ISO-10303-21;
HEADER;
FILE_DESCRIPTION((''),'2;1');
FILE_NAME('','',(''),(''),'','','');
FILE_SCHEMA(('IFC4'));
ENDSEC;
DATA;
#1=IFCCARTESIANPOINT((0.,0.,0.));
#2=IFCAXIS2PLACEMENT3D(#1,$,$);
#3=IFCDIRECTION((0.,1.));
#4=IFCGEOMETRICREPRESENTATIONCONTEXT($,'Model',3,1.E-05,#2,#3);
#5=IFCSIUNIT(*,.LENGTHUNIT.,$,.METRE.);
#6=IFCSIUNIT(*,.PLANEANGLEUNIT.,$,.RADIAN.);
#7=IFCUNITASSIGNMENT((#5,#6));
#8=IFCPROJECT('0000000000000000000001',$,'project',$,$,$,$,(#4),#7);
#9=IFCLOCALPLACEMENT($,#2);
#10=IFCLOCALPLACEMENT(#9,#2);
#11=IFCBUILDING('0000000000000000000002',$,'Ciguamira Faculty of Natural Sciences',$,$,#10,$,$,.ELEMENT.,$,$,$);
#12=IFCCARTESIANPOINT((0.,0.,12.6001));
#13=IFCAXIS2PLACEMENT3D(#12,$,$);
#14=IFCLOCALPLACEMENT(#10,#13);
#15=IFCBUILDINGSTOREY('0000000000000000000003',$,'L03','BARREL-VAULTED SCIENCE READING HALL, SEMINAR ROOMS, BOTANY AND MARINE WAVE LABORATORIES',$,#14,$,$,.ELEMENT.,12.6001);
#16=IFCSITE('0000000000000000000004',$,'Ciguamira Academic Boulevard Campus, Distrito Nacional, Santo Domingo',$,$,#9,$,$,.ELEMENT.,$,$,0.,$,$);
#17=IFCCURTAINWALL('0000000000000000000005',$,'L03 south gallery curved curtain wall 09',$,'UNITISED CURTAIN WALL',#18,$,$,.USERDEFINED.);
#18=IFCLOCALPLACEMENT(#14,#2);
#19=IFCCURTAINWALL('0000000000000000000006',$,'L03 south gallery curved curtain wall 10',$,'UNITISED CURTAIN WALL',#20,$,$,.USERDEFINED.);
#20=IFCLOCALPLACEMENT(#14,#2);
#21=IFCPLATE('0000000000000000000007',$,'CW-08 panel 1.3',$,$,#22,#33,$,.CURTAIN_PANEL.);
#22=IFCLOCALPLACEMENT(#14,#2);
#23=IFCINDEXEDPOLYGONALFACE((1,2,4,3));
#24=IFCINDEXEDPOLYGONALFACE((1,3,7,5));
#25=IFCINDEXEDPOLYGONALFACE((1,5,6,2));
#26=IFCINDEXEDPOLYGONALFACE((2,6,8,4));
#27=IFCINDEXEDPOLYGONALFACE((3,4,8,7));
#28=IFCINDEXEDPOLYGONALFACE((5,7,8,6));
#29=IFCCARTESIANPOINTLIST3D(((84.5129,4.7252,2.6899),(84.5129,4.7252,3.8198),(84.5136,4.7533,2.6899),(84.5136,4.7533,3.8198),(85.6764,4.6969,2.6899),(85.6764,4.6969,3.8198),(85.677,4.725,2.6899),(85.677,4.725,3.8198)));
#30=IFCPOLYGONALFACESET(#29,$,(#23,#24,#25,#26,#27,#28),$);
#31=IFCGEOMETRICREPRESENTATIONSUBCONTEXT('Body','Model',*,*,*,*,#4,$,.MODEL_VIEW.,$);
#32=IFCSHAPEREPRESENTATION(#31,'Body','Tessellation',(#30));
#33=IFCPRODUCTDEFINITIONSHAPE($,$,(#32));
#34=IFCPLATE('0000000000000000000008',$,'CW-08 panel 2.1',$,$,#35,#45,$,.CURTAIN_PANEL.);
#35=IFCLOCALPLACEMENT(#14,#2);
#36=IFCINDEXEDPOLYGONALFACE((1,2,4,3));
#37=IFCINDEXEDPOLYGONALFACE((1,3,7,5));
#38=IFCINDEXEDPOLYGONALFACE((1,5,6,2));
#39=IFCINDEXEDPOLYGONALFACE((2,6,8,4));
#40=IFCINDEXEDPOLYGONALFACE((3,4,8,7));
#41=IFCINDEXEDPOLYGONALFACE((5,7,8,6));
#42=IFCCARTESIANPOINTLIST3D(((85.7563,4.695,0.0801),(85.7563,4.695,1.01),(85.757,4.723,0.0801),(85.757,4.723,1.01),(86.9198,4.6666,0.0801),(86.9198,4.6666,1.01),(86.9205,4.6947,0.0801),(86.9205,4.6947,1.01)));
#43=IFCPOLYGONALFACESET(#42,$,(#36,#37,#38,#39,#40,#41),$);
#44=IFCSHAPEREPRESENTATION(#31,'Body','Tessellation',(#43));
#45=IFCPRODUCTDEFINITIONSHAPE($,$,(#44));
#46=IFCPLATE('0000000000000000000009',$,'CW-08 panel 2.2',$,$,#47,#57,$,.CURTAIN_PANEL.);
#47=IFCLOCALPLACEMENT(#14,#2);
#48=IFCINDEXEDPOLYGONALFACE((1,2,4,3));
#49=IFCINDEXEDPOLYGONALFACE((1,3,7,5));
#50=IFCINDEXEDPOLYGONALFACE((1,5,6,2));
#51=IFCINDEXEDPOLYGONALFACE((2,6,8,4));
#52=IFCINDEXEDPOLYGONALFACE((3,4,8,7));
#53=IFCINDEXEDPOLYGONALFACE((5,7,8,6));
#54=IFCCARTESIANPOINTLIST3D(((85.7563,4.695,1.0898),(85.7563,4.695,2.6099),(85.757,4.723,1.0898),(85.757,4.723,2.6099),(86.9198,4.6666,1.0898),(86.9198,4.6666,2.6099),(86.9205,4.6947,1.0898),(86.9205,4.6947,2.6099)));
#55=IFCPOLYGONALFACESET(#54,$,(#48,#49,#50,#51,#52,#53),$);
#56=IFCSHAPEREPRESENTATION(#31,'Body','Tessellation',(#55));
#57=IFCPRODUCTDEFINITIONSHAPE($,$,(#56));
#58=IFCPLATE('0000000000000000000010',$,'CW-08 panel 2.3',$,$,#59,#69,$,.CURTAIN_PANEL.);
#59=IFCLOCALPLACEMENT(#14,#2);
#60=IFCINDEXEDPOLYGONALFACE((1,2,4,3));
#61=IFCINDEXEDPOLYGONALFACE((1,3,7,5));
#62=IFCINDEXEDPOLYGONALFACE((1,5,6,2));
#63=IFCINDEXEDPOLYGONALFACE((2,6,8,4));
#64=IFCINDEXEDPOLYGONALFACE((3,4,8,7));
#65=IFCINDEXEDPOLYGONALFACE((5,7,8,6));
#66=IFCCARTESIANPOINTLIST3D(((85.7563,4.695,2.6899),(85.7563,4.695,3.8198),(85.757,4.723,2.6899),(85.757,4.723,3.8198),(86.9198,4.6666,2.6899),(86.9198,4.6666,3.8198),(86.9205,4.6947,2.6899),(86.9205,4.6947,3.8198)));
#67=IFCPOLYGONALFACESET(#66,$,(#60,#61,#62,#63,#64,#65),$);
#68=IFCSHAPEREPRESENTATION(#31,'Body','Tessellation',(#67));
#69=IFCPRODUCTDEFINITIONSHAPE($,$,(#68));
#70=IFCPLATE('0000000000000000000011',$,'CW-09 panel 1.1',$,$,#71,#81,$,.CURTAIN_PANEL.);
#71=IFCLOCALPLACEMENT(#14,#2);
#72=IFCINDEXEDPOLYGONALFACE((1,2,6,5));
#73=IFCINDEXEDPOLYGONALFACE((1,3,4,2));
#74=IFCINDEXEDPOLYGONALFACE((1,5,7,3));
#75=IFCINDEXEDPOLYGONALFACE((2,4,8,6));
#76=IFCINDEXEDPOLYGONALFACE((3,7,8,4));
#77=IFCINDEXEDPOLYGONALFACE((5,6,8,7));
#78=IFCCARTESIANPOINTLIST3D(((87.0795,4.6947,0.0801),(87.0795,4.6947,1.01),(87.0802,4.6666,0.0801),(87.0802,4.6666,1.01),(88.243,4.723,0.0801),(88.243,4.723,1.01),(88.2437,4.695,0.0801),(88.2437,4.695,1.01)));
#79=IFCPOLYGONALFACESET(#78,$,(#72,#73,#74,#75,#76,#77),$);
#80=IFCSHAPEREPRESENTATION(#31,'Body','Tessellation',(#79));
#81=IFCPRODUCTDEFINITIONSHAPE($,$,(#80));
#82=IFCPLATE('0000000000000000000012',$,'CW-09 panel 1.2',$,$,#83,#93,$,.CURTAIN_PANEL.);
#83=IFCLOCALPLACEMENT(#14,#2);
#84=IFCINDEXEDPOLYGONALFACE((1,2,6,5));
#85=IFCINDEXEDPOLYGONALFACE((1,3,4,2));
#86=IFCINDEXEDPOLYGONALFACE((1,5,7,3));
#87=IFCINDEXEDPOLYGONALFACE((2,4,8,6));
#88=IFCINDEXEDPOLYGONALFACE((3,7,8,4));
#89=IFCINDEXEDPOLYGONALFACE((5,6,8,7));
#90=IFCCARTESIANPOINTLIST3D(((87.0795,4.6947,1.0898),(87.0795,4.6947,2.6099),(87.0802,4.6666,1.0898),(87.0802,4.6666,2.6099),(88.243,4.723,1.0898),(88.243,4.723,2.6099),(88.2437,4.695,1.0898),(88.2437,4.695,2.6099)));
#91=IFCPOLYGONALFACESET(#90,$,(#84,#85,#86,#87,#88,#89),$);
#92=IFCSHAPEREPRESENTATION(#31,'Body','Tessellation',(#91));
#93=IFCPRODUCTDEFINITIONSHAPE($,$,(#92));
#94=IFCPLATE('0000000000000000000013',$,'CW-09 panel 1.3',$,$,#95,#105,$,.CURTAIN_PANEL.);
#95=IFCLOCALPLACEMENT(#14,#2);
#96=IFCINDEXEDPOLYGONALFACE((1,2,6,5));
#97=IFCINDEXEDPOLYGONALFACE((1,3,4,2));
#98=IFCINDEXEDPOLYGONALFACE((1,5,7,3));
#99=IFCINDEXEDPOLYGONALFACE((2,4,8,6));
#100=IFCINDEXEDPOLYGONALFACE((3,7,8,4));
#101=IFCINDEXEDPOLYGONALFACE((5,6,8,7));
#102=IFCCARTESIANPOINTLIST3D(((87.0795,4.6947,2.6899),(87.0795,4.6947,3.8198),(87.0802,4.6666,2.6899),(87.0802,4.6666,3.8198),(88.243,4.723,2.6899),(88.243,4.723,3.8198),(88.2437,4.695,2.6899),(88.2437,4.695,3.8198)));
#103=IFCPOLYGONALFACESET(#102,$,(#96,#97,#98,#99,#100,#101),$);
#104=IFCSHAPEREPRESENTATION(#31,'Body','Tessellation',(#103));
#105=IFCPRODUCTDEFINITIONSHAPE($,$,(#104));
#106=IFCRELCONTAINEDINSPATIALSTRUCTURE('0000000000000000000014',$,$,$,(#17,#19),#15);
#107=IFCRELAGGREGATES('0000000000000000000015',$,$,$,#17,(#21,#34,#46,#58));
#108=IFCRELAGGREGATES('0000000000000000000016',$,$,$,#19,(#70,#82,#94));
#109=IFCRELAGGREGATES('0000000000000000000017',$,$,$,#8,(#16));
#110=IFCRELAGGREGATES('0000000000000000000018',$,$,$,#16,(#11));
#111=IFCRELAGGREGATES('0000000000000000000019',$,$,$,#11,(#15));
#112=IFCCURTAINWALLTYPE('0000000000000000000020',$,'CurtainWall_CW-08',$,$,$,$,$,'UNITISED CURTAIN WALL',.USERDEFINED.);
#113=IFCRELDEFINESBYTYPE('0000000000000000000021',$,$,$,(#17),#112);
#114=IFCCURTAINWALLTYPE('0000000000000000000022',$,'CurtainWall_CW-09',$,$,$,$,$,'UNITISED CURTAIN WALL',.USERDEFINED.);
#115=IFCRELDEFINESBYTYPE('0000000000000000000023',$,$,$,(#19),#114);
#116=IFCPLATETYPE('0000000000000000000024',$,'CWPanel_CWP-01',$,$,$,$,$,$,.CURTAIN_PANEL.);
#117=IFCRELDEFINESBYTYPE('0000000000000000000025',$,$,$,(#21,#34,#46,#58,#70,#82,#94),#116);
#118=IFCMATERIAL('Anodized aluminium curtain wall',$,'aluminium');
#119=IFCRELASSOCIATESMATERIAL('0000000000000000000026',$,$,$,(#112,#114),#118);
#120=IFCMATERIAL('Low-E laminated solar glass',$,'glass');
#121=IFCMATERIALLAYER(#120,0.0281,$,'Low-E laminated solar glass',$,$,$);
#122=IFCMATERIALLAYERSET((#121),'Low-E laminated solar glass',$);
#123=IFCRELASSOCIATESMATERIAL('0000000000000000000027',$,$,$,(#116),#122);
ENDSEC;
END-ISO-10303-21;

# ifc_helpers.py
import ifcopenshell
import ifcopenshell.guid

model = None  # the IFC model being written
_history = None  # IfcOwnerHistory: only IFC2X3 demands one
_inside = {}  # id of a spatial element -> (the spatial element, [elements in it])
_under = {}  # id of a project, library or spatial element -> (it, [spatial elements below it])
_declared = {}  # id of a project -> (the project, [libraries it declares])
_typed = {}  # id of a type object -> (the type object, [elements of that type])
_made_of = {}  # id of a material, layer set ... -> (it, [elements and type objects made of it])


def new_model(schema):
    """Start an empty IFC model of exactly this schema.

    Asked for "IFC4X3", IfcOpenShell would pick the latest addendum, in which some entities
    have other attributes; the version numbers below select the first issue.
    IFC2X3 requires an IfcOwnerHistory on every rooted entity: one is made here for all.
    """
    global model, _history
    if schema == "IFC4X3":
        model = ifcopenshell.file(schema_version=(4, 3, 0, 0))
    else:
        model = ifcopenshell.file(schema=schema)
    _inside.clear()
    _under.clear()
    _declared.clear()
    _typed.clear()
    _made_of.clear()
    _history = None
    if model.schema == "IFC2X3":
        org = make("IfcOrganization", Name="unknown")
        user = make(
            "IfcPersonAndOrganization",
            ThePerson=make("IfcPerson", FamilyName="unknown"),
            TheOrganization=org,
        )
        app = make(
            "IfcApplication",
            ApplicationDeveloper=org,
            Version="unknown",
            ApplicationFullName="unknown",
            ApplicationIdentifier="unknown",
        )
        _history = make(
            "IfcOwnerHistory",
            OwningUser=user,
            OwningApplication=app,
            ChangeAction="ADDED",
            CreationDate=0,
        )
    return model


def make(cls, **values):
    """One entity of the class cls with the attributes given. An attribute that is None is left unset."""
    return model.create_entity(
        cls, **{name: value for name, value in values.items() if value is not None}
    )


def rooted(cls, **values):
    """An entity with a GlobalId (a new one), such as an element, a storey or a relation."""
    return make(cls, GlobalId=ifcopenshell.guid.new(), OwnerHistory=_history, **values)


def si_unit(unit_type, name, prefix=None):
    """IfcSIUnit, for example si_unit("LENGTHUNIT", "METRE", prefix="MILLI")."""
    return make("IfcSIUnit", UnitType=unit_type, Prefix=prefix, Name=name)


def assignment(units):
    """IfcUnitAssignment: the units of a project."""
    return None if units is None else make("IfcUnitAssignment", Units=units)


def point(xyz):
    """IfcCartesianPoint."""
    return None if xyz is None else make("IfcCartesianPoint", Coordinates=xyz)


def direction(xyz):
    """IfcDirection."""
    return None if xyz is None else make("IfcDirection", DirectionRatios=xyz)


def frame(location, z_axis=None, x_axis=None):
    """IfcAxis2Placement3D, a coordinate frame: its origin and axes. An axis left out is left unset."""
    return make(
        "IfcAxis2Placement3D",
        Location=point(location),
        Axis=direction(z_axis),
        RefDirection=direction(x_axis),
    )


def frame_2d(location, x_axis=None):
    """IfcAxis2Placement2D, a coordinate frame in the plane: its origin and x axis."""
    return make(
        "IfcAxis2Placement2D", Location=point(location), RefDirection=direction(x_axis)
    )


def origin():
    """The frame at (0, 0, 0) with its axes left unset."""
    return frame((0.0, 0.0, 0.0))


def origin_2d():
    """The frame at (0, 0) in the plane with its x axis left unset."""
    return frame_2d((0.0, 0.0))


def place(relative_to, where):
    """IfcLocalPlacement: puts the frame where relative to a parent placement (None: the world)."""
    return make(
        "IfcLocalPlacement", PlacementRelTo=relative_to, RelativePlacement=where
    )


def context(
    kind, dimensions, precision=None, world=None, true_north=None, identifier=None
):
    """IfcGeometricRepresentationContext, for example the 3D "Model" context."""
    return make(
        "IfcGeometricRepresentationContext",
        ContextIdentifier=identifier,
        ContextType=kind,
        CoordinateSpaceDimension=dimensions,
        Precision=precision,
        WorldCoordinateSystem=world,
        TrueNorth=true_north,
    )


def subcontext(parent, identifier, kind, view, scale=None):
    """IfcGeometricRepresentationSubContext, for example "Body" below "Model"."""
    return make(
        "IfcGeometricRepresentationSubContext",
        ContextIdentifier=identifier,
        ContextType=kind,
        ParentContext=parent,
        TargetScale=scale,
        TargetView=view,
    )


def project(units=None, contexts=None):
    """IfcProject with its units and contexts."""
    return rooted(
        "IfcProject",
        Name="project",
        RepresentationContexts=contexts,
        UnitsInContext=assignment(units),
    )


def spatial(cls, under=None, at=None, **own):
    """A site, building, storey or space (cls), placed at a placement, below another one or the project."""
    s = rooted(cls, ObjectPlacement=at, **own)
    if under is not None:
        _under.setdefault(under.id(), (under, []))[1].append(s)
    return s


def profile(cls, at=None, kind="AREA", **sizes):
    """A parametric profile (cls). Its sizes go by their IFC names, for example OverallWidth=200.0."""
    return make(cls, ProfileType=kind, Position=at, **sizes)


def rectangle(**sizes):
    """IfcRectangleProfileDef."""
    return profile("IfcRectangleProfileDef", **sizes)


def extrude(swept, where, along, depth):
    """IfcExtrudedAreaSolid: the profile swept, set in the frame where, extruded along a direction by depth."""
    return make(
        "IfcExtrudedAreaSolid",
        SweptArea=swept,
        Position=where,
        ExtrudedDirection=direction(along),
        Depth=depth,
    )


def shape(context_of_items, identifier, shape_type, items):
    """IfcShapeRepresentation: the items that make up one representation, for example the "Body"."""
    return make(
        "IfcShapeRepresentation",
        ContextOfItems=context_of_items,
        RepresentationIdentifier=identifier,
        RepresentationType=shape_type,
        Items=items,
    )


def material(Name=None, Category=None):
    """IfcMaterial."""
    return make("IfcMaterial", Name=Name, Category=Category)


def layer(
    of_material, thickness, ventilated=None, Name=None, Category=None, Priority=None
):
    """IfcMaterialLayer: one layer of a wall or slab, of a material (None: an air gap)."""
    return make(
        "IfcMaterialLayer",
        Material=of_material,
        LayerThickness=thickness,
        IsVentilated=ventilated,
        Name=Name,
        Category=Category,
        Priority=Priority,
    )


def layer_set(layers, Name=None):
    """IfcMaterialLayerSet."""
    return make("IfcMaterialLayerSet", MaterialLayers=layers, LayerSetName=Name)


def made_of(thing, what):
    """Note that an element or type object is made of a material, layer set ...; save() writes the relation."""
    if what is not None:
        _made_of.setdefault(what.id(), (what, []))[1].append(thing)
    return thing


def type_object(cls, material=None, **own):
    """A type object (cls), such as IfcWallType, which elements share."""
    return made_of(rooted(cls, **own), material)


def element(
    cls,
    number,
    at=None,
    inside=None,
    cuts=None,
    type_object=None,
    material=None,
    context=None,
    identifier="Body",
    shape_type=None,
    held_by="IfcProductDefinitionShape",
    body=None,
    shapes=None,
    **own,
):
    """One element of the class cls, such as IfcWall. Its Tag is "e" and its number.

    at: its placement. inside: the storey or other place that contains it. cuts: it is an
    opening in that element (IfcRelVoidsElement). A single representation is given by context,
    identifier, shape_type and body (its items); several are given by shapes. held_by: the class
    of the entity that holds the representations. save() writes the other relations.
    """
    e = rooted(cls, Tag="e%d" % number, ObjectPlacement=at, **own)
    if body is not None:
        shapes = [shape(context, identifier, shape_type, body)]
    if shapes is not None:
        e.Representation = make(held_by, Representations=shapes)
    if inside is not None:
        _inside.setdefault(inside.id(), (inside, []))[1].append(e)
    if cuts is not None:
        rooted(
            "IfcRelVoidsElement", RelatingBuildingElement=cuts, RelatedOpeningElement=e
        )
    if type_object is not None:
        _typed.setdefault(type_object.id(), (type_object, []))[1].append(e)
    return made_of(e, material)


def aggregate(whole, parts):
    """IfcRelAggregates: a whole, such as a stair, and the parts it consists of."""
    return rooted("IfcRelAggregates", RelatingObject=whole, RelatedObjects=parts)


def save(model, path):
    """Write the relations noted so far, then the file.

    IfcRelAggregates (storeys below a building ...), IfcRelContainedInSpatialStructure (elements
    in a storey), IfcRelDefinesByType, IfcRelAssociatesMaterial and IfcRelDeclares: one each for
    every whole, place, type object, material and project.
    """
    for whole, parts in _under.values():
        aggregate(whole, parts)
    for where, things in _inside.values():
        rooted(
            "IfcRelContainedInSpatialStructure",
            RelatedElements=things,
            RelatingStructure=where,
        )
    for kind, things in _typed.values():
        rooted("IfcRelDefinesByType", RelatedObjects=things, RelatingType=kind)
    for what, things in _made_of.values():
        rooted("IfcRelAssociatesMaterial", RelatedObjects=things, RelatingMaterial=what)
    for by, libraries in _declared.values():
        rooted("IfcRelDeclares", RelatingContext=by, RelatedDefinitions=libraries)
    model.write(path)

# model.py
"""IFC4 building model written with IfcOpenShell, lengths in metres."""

from ifc_helpers import new_model, si_unit, direction, frame, origin, origin_2d, place, context, subcontext, project, spatial, rectangle, extrude, material, layer, layer_set, type_object, element, aggregate, save


model = new_model("IFC4")

# Units and contexts
model_context = context("Model", 3, precision=1e-05, world=origin(), true_north=direction((0.0, 1.0)))
body_context = subcontext(model_context, "Body", "Model", "MODEL_VIEW")
ifc_project = project(units=[si_unit("LENGTHUNIT", "METRE"), si_unit("PLANEANGLEUNIT", "RADIAN")], contexts=[model_context])

# Site, building, storey
site_placement = place(None, origin())
site = spatial("IfcSite", under=ifc_project, at=site_placement, Name="Ciguamira Academic Boulevard Campus, Distrito Nacional, Santo Domingo", CompositionType="ELEMENT", RefElevation=0.0)
building_placement = place(site_placement, origin())
building = spatial("IfcBuilding", under=site, at=building_placement, Name="Ciguamira Faculty of Natural Sciences", CompositionType="ELEMENT")
storey_placement = place(building_placement, frame((0.0, 0.0, 12.6001)))
storey = spatial("IfcBuildingStorey", under=building, at=storey_placement, Name="L03", Description="BARREL-VAULTED SCIENCE READING HALL, SEMINAR ROOMS, BOTANY AND MARINE WAVE LABORATORIES", CompositionType="ELEMENT", Elevation=12.6001)

# Curtain walls
ifc_material_1 = material(Name="Anodized aluminium curtain wall", Category="aluminium")
curtain_wall_type_1 = type_object("IfcCurtainWallType", Name="CurtainWall_CW-08", ElementType="UNITISED CURTAIN WALL", PredefinedType="USERDEFINED", material=ifc_material_1)
curtain_wall_1_placement = place(storey_placement, origin())
curtain_wall_1 = element("IfcCurtainWall", 1, at=curtain_wall_1_placement, inside=storey, type_object=curtain_wall_type_1, Name="L03 south gallery curved curtain wall 09", ObjectType="UNITISED CURTAIN WALL", PredefinedType="USERDEFINED")
curtain_wall_type_2 = type_object("IfcCurtainWallType", Name="CurtainWall_CW-09", ElementType="UNITISED CURTAIN WALL", PredefinedType="USERDEFINED", material=ifc_material_1)
curtain_wall_2_placement = place(storey_placement, origin())
curtain_wall_2 = element("IfcCurtainWall", 2, at=curtain_wall_2_placement, inside=storey, type_object=curtain_wall_type_2, Name="L03 south gallery curved curtain wall 10", ObjectType="UNITISED CURTAIN WALL", PredefinedType="USERDEFINED")

# Plates
ifc_material_2 = material(Name="Low-E laminated solar glass", Category="glass")
ifc_layer = layer(ifc_material_2, 0.0281, Name="Low-E laminated solar glass")
ifc_layer_set = layer_set([ifc_layer], Name="Low-E laminated solar glass")
plate_type = type_object("IfcPlateType", Name="CWPanel_CWP-01", PredefinedType="CURTAIN_PANEL", material=ifc_layer_set)
plate_1_placement = place(storey_placement, frame((85.095, 4.7251, 2.6899), z_axis=(0.0, 0.0, 1.0), x_axis=(0.999704, -0.024343, 0.0)))
plate_1 = element("IfcPlate", 3, at=plate_1_placement, type_object=plate_type, Name="CW-08 panel 1.3", PredefinedType="CURTAIN_PANEL", context=body_context, shape_type="SweptSolid", body=[
    extrude(rectangle(XDim=1.1638, YDim=0.0281, at=origin_2d()), origin(), (0.0, 0.0, 1.0), 1.1299),
])
plate_2_placement = place(storey_placement, frame((86.3384, 4.6948, 0.0801), z_axis=(0.0, 0.0, 1.0), x_axis=(0.999704, -0.024343, 0.0)))
plate_2 = element("IfcPlate", 4, at=plate_2_placement, type_object=plate_type, Name="CW-08 panel 2.1", PredefinedType="CURTAIN_PANEL", context=body_context, shape_type="SweptSolid", body=[
    extrude(rectangle(XDim=1.1638, YDim=0.0281, at=origin_2d()), origin(), (0.0, 0.0, 1.0), 0.9299),
])
plate_3_placement = place(storey_placement, frame((86.3384, 4.6948, 1.0898), z_axis=(0.0, 0.0, 1.0), x_axis=(0.999704, -0.024343, 0.0)))
plate_3 = element("IfcPlate", 5, at=plate_3_placement, type_object=plate_type, Name="CW-08 panel 2.2", PredefinedType="CURTAIN_PANEL", context=body_context, shape_type="SweptSolid", body=[
    extrude(rectangle(XDim=1.1638, YDim=0.0281, at=origin_2d()), origin(), (0.0, 0.0, 1.0), 1.52),
])
plate_4_placement = place(storey_placement, frame((86.3384, 4.6948, 2.6899), z_axis=(0.0, 0.0, 1.0), x_axis=(0.999704, -0.024343, 0.0)))
plate_4 = element("IfcPlate", 6, at=plate_4_placement, type_object=plate_type, Name="CW-08 panel 2.3", PredefinedType="CURTAIN_PANEL", context=body_context, shape_type="SweptSolid", body=[
    extrude(rectangle(XDim=1.1638, YDim=0.0281, at=origin_2d()), origin(), (0.0, 0.0, 1.0), 1.1299),
])
aggregate(curtain_wall_1, [plate_1, plate_2, plate_3, plate_4])
plate_5_placement = place(storey_placement, frame((87.6616, 4.6948, 0.0801), z_axis=(0.0, 0.0, 1.0), x_axis=(0.999704, 0.024343, 0.0)))
plate_5 = element("IfcPlate", 7, at=plate_5_placement, type_object=plate_type, Name="CW-09 panel 1.1", PredefinedType="CURTAIN_PANEL", context=body_context, shape_type="SweptSolid", body=[
    extrude(rectangle(XDim=1.1638, YDim=0.0281, at=origin_2d()), origin(), (0.0, 0.0, 1.0), 0.9299),
])
plate_6_placement = place(storey_placement, frame((87.6616, 4.6948, 1.0898), z_axis=(0.0, 0.0, 1.0), x_axis=(0.999704, 0.024343, 0.0)))
plate_6 = element("IfcPlate", 8, at=plate_6_placement, type_object=plate_type, Name="CW-09 panel 1.2", PredefinedType="CURTAIN_PANEL", context=body_context, shape_type="SweptSolid", body=[
    extrude(rectangle(XDim=1.1638, YDim=0.0281, at=origin_2d()), origin(), (0.0, 0.0, 1.0), 1.52),
])
plate_7_placement = place(storey_placement, frame((87.6616, 4.6948, 2.6899), z_axis=(0.0, 0.0, 1.0), x_axis=(0.999704, 0.024343, 0.0)))
plate_7 = element("IfcPlate", 9, at=plate_7_placement, type_object=plate_type, Name="CW-09 panel 1.3", PredefinedType="CURTAIN_PANEL", context=body_context, shape_type="SweptSolid", body=[
    extrude(rectangle(XDim=1.1638, YDim=0.0281, at=origin_2d()), origin(), (0.0, 0.0, 1.0), 1.1299),
])
aggregate(curtain_wall_2, [plate_5, plate_6, plate_7])

save(model, "model.ifc")
